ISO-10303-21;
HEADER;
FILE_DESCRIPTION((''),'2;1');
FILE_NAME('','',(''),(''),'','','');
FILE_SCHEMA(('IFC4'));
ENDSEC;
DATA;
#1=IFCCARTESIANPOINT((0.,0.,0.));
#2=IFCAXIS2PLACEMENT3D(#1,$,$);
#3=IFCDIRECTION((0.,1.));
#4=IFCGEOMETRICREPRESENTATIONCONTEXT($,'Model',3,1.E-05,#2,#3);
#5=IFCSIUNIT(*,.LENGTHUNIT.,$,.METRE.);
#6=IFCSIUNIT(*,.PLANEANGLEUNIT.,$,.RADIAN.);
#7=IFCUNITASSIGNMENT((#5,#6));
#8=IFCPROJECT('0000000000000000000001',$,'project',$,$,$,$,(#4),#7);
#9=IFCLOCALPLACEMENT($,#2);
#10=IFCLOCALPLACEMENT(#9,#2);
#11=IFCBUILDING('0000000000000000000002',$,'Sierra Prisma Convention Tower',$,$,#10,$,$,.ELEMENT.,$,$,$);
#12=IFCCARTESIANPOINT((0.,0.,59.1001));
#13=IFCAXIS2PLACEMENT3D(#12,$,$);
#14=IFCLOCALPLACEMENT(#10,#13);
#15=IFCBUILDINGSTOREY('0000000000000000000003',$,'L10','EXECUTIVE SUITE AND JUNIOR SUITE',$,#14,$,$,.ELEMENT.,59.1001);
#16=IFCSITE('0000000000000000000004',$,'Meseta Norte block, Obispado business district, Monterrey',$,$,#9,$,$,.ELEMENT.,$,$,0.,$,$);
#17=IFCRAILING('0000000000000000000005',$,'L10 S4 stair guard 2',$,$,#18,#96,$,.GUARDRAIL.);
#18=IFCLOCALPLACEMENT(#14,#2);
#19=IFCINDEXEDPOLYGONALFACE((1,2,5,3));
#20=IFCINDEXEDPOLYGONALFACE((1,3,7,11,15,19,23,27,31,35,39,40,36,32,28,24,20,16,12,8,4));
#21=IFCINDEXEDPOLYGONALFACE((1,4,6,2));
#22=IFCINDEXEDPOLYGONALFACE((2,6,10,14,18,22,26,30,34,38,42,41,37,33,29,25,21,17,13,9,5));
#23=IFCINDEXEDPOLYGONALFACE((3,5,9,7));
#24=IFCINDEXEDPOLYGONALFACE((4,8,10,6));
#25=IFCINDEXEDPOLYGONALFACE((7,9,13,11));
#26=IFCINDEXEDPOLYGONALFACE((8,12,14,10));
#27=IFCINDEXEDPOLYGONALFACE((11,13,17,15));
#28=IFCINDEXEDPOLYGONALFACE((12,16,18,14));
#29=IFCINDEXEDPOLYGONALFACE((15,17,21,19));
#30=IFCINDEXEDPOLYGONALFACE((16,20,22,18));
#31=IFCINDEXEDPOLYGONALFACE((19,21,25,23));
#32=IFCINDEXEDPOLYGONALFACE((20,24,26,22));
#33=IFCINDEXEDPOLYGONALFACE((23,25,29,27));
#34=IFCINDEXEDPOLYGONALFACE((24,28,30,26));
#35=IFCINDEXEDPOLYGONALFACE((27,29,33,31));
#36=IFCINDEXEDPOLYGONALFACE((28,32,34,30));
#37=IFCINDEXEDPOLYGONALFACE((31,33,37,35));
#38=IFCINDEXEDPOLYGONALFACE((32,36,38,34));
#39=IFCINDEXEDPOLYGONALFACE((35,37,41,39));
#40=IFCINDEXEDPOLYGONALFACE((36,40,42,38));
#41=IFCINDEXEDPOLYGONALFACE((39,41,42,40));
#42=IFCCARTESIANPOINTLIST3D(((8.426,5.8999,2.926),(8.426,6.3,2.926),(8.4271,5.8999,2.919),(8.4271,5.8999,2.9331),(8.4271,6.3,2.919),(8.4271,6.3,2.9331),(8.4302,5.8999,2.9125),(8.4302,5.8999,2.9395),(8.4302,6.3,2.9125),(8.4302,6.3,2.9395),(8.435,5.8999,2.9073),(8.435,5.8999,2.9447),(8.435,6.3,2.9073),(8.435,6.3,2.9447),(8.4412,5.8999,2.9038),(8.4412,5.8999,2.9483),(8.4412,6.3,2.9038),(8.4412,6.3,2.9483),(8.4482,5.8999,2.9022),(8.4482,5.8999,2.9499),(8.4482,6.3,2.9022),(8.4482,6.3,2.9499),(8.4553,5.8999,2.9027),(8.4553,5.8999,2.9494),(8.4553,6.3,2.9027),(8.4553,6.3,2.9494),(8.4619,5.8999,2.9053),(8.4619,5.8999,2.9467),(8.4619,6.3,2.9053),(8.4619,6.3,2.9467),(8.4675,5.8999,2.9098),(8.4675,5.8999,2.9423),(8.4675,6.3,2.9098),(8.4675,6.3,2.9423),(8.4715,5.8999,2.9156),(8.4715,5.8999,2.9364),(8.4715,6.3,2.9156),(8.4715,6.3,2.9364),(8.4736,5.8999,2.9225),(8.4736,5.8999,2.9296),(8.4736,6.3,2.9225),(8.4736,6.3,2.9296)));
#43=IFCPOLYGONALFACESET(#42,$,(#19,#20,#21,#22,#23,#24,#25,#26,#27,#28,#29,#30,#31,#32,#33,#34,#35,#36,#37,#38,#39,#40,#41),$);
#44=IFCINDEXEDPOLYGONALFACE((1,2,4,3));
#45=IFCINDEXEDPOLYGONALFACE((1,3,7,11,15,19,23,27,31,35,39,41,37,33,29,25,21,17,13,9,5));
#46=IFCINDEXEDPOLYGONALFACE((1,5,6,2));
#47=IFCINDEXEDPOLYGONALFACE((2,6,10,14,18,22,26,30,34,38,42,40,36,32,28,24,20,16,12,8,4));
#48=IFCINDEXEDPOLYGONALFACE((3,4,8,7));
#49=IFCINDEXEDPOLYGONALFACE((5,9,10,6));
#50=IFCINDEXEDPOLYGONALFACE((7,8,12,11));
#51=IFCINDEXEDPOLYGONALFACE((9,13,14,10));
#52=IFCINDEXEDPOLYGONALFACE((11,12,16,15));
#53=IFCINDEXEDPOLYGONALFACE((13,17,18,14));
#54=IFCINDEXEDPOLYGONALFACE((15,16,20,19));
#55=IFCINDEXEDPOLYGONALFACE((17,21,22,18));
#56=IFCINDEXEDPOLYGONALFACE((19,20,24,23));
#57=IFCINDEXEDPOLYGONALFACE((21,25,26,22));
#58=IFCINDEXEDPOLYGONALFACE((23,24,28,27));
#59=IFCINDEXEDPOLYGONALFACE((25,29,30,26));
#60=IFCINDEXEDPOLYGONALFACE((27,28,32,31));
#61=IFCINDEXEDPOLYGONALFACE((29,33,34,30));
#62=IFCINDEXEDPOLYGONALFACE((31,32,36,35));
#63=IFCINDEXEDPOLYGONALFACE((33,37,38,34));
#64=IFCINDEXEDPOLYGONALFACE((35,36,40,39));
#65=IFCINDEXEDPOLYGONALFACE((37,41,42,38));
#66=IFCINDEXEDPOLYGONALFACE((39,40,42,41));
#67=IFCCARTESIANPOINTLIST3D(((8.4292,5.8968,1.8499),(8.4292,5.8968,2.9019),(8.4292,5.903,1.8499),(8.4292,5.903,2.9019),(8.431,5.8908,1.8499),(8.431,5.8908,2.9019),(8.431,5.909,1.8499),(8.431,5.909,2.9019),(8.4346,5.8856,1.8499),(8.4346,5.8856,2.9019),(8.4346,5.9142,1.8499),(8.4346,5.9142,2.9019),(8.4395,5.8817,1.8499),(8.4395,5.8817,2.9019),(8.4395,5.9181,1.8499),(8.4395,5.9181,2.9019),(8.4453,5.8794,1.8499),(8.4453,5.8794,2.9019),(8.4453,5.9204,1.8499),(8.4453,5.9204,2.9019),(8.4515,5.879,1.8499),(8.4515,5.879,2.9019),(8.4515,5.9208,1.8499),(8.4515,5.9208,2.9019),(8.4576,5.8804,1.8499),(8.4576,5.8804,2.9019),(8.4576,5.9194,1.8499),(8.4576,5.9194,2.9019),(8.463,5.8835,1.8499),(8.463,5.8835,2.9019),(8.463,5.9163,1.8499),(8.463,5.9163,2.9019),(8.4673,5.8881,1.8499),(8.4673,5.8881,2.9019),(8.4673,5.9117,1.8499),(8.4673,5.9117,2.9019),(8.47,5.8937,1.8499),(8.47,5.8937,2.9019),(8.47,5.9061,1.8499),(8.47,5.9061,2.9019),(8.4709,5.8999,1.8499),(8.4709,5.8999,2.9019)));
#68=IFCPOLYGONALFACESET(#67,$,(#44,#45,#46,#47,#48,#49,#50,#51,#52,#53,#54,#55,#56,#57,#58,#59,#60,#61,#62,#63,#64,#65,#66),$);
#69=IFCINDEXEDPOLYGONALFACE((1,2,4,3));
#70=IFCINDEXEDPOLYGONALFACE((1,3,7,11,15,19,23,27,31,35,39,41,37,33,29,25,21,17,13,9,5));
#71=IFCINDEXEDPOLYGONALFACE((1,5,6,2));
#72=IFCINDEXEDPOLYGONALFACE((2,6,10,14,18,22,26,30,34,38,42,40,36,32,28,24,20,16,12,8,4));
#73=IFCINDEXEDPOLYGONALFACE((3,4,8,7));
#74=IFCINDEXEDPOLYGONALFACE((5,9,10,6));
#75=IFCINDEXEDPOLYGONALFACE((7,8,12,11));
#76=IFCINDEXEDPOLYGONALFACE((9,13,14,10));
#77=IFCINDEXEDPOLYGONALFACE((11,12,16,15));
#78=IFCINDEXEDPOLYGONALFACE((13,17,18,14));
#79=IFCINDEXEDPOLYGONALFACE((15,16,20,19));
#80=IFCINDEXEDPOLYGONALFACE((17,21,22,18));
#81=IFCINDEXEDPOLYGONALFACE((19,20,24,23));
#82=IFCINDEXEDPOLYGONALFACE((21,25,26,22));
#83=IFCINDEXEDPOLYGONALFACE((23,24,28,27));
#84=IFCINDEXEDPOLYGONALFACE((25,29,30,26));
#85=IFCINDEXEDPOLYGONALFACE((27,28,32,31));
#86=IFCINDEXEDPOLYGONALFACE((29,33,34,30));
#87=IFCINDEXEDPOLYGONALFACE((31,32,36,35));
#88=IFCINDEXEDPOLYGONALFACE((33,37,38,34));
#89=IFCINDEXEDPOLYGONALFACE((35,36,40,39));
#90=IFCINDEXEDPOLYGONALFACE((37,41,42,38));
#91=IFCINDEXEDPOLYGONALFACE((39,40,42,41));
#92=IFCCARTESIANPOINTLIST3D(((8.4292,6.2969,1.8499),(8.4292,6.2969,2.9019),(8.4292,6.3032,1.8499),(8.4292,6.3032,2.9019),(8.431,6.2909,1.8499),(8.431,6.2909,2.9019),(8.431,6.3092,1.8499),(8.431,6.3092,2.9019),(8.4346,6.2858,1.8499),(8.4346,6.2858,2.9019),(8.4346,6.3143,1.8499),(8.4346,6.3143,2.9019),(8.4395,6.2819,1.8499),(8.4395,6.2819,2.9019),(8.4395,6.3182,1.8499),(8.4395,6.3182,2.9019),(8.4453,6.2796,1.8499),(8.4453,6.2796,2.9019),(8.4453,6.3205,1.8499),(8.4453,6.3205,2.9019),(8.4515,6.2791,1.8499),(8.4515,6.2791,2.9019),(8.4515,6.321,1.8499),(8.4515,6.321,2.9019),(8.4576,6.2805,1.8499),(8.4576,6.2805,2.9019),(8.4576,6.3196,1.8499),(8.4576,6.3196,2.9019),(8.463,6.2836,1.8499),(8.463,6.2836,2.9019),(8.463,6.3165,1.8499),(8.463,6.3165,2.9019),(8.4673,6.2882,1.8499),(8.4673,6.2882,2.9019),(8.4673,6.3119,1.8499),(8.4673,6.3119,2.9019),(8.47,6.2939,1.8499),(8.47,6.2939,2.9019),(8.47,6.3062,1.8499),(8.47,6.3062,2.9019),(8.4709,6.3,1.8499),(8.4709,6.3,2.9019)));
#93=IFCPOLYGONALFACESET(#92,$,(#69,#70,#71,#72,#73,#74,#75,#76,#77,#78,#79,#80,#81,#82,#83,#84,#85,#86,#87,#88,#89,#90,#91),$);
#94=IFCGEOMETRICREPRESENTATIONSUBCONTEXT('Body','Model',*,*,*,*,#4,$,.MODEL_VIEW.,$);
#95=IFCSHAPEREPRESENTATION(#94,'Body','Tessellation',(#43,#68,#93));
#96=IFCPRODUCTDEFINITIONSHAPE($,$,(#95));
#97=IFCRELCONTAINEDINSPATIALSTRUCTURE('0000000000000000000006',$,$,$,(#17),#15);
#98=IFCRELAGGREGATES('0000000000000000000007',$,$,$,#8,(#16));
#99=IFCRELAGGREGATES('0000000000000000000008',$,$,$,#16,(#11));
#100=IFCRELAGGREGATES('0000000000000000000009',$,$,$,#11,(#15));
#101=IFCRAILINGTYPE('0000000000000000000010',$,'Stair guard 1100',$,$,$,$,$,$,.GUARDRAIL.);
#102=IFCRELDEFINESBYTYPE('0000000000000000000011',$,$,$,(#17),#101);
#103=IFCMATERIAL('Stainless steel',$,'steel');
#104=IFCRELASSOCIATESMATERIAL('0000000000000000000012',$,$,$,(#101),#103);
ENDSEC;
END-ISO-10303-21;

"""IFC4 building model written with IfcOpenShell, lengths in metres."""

from ifc_helpers import new_model, si_unit, direction, frame, origin, origin_2d, place, context, subcontext, project, spatial, circle, extrude, material, type_object, element, save


model = new_model("IFC4")

# Units and contexts
model_context = context("Model", 3, precision=1e-05, world=origin(), true_north=direction((0.0, 1.0)))
body_context = subcontext(model_context, "Body", "Model", "MODEL_VIEW")
ifc_project = project(units=[si_unit("LENGTHUNIT", "METRE"), si_unit("PLANEANGLEUNIT", "RADIAN")], contexts=[model_context])

# Site, building, storey
site_placement = place(None, origin())
site = spatial("IfcSite", under=ifc_project, at=site_placement, Name="Meseta Norte block, Obispado business district, Monterrey", CompositionType="ELEMENT", RefElevation=0.0)
building_placement = place(site_placement, origin())
building = spatial("IfcBuilding", under=site, at=building_placement, Name="Sierra Prisma Convention Tower", CompositionType="ELEMENT")
storey_placement = place(building_placement, frame((0.0, 0.0, 59.1001)))
storey = spatial("IfcBuildingStorey", under=building, at=storey_placement, Name="L10", Description="EXECUTIVE SUITE AND JUNIOR SUITE", CompositionType="ELEMENT", Elevation=59.1001)

# Railing
ifc_material_1 = material(Name="Stainless steel", Category="steel")
railing_type_1 = type_object("IfcRailingType", Name="Stair guard 1100", PredefinedType="GUARDRAIL", material=ifc_material_1)
railing_1_placement = place(storey_placement, frame((8.45, 5.8999, 1.8499)))
element("IfcRailing", 1, at=railing_1_placement, inside=storey, type_object=railing_type_1, Name="L10 S4 stair guard 2", PredefinedType="GUARDRAIL", context=body_context, shape_type="SweptSolid", body=[
    extrude(circle(Radius=0.0239, at=origin_2d()), frame((0.0, 0.0, 1.0762), z_axis=(0.0, 1.0, 0.0), x_axis=(-1.0, 0.0, 0.0)), (0.0, 0.0, 1.0), 0.4001),
    extrude(circle(Radius=0.021, at=origin_2d()), origin(), (0.0, 0.0, 1.0), 1.052),
    extrude(circle(Radius=0.021, at=origin_2d()), frame((0.0, 0.4001, 0.0)), (0.0, 0.0, 1.0), 1.052),
])

save(model, "model.ifc")
